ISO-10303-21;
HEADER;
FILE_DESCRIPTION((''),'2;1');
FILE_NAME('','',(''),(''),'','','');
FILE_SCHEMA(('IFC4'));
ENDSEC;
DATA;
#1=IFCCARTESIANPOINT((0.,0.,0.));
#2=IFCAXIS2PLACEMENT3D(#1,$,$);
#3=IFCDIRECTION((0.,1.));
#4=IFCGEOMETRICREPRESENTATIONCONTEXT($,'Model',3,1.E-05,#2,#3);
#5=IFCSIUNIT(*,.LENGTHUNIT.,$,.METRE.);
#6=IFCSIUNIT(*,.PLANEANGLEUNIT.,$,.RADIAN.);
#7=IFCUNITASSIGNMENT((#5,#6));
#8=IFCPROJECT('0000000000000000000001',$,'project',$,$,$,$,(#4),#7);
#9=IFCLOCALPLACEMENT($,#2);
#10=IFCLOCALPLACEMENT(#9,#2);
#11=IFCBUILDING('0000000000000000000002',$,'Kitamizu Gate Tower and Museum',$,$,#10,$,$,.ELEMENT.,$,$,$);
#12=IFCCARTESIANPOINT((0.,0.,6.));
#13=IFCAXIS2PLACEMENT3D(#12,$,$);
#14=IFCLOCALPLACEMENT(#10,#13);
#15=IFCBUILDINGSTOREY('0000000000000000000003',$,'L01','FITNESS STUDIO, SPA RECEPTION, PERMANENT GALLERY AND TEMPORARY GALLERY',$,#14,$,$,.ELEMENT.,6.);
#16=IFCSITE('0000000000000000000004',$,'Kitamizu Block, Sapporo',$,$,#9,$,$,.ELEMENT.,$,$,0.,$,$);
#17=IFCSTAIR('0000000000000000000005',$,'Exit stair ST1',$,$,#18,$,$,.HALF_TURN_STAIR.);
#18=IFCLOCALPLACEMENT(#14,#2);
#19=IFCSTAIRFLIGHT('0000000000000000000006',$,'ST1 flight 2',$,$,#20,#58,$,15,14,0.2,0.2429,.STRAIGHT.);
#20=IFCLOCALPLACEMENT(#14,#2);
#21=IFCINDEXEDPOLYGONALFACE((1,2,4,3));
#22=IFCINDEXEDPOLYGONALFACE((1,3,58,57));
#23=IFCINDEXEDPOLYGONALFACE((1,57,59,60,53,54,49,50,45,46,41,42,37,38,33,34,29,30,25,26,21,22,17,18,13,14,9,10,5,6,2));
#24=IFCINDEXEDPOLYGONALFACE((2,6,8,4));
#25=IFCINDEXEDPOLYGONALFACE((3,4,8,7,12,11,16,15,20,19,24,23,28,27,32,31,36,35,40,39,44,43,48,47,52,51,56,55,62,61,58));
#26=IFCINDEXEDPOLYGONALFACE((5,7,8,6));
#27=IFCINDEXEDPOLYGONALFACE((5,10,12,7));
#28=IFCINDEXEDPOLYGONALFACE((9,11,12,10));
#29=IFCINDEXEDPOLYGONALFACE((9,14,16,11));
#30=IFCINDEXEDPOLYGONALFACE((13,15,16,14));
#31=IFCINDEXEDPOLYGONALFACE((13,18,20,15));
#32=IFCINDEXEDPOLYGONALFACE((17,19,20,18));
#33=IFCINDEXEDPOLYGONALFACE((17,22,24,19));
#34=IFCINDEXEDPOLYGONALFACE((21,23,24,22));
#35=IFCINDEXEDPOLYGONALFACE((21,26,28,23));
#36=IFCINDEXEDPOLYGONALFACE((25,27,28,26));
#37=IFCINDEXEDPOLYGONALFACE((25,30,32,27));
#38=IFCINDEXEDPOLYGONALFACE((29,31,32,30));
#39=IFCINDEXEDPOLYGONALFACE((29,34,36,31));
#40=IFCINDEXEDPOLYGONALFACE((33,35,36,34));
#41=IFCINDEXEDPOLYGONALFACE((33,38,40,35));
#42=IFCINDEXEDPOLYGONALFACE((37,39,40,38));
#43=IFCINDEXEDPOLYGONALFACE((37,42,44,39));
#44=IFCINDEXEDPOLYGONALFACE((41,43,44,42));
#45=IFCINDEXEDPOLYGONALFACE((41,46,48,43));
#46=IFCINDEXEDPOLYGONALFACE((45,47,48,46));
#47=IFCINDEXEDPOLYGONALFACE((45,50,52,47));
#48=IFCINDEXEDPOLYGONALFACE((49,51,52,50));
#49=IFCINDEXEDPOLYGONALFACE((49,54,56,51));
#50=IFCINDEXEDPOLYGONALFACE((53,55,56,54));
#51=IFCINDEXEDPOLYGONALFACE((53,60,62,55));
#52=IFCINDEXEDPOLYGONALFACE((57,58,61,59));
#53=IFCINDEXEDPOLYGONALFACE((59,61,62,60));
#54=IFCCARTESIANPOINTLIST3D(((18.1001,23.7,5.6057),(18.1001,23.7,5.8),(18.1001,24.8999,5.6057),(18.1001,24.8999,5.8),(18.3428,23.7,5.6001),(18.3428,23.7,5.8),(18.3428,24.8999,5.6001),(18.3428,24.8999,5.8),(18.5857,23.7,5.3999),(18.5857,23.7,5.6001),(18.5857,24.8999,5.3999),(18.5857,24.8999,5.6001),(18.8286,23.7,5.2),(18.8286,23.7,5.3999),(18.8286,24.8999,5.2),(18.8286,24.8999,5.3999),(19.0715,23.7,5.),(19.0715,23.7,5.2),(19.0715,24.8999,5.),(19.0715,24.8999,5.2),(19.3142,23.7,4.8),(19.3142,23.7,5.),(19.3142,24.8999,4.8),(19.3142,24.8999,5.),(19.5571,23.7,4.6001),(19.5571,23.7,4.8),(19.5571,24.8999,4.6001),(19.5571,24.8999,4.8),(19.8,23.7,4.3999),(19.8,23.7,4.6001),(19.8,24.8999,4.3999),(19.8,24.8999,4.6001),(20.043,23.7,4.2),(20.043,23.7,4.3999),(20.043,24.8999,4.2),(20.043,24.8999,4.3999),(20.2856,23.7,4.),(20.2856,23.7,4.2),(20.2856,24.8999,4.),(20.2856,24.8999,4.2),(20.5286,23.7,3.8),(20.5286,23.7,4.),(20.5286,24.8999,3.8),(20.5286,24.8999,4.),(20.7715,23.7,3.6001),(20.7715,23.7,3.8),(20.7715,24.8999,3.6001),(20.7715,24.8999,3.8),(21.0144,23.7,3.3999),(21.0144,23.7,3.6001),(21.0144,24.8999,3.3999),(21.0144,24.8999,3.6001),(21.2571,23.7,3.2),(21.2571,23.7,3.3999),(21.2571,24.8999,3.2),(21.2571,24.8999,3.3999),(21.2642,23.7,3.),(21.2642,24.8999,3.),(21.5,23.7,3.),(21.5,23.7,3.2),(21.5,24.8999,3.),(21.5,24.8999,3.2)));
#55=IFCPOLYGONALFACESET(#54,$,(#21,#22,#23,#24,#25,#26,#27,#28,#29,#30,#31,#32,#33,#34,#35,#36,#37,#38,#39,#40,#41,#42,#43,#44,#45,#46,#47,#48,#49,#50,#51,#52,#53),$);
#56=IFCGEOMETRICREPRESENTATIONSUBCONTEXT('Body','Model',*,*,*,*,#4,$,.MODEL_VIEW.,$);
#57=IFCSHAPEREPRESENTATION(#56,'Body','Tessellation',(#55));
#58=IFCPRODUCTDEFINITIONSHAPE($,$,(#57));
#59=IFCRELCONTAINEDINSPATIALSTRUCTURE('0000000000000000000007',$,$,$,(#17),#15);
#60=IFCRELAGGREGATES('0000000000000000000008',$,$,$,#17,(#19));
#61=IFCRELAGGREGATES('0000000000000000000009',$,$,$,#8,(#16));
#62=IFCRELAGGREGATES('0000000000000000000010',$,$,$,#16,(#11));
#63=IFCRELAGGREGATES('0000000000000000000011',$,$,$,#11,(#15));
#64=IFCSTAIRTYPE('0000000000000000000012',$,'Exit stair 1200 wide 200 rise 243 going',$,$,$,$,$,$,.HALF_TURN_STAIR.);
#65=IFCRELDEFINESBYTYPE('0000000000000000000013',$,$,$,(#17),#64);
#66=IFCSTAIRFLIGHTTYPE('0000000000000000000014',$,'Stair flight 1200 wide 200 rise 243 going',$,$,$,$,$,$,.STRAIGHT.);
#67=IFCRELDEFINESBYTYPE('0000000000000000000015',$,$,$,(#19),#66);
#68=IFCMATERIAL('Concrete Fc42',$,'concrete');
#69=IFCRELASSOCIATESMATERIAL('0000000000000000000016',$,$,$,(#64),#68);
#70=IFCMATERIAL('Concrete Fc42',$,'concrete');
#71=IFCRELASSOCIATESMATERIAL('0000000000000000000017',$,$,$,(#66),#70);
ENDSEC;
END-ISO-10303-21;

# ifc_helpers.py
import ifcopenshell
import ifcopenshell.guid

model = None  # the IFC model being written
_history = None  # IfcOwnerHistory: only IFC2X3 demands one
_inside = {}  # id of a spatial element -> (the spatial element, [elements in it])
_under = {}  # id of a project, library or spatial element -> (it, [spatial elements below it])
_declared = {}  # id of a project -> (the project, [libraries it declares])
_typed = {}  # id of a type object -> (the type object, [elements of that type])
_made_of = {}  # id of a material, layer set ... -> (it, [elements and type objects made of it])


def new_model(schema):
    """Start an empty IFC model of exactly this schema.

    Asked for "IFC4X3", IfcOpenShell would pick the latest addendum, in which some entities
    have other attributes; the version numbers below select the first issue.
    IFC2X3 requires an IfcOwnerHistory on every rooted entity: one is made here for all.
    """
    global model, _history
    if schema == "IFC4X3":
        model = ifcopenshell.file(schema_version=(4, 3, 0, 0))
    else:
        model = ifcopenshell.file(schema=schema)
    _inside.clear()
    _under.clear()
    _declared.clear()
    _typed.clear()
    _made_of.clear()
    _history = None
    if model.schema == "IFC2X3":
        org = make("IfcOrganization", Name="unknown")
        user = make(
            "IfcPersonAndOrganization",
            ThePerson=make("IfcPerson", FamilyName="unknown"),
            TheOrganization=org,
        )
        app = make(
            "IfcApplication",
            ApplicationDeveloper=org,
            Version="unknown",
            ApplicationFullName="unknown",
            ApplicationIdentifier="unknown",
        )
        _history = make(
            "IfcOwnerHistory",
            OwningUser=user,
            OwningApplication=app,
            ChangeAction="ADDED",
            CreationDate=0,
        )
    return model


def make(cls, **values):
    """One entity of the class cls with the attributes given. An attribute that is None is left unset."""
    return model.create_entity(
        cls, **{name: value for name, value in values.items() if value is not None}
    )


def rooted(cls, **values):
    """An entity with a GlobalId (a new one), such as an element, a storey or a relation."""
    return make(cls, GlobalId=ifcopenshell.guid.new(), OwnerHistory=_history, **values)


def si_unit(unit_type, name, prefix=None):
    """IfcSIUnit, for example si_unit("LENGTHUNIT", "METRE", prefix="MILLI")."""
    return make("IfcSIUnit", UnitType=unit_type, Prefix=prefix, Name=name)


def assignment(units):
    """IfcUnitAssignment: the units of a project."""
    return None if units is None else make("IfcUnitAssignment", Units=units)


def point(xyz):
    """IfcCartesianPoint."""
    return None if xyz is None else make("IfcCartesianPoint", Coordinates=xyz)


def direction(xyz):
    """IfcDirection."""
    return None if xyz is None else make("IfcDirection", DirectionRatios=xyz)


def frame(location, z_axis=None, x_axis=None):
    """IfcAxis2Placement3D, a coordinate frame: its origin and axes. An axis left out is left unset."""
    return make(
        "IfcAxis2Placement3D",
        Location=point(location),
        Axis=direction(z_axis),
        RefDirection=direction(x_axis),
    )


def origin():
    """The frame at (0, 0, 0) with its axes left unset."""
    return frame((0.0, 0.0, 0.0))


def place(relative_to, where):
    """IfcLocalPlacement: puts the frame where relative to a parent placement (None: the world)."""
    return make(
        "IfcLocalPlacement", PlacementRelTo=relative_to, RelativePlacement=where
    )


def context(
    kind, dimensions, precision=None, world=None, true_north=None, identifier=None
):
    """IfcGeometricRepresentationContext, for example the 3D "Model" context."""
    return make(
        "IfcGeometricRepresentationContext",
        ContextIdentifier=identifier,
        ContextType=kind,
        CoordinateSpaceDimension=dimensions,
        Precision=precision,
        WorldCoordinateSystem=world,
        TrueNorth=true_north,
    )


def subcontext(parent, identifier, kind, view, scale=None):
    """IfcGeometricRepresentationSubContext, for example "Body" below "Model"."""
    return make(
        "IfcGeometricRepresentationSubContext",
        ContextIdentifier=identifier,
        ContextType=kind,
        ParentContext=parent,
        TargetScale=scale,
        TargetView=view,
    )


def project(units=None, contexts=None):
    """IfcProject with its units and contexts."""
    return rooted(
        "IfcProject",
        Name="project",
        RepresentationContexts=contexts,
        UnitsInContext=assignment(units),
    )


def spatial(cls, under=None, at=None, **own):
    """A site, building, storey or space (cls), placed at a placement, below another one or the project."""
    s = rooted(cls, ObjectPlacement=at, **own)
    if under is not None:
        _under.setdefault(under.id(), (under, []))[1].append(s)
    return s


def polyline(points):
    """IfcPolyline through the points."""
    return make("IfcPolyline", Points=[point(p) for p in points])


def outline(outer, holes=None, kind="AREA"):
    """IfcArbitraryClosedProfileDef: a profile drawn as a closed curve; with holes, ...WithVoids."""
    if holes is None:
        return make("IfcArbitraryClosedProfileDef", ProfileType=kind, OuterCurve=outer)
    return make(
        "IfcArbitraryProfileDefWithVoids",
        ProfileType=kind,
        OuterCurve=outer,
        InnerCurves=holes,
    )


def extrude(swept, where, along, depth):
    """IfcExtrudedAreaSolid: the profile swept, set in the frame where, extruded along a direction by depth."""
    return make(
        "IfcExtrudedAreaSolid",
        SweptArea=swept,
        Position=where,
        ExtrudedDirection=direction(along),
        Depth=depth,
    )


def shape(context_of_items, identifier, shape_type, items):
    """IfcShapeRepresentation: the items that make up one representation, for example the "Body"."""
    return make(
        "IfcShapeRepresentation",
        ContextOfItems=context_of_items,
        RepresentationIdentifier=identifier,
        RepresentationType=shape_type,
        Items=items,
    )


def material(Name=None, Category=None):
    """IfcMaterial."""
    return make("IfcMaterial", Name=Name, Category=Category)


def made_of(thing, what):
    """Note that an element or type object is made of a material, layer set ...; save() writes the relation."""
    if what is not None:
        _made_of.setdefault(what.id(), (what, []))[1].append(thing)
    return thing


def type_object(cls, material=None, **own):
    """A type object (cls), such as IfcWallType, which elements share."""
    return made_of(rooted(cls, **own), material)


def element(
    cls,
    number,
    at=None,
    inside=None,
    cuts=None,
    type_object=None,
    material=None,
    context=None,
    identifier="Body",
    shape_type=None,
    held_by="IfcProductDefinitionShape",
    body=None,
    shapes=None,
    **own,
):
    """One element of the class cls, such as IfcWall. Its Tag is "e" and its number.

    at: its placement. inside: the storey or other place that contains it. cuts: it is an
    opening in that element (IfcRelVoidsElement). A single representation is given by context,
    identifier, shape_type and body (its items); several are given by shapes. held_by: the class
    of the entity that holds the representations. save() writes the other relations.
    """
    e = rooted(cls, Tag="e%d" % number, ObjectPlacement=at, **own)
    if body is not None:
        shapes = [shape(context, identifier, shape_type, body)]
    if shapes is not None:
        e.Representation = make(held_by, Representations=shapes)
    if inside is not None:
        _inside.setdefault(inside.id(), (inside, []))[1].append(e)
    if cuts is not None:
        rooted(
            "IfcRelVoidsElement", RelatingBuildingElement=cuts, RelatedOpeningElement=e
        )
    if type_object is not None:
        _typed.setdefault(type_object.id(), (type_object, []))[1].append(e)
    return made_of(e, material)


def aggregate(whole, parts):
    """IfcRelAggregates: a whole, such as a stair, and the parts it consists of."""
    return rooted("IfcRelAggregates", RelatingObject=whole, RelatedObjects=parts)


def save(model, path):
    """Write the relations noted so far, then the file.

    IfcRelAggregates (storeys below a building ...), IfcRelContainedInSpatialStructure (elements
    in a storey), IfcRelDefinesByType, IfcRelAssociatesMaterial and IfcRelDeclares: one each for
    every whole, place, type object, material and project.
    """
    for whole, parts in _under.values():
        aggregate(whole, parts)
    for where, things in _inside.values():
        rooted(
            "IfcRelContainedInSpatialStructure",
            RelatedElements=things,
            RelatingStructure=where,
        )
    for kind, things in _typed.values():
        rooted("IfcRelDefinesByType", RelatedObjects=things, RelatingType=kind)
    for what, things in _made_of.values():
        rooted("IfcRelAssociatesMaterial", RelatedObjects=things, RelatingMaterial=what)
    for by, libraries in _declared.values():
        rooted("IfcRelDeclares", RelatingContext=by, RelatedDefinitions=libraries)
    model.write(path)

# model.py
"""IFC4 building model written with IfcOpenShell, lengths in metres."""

from ifc_helpers import new_model, si_unit, direction, frame, origin, place, context, subcontext, project, spatial, polyline, outline, extrude, material, type_object, element, aggregate, save


model = new_model("IFC4")

# Units and contexts
model_context = context("Model", 3, precision=1e-05, world=origin(), true_north=direction((0.0, 1.0)))
body_context = subcontext(model_context, "Body", "Model", "MODEL_VIEW")
ifc_project = project(units=[si_unit("LENGTHUNIT", "METRE"), si_unit("PLANEANGLEUNIT", "RADIAN")], contexts=[model_context])

# Site, building, storey
site_placement = place(None, origin())
site = spatial("IfcSite", under=ifc_project, at=site_placement, Name="Kitamizu Block, Sapporo", CompositionType="ELEMENT", RefElevation=0.0)
building_placement = place(site_placement, origin())
building = spatial("IfcBuilding", under=site, at=building_placement, Name="Kitamizu Gate Tower and Museum", CompositionType="ELEMENT")
storey_placement = place(building_placement, frame((0.0, 0.0, 6.0)))
storey = spatial("IfcBuildingStorey", under=building, at=storey_placement, Name="L01", Description="FITNESS STUDIO, SPA RECEPTION, PERMANENT GALLERY AND TEMPORARY GALLERY", CompositionType="ELEMENT", Elevation=6.0)

# Stair, stair flight
ifc_material_1 = material(Name="Concrete Fc42", Category="concrete")
stair_type = type_object("IfcStairType", Name="Exit stair 1200 wide 200 rise 243 going", PredefinedType="HALF_TURN_STAIR", material=ifc_material_1)
stair_placement = place(storey_placement, origin())
stair = element("IfcStair", 1, at=stair_placement, inside=storey, type_object=stair_type, Name="Exit stair ST1", PredefinedType="HALF_TURN_STAIR")
ifc_material_2 = material(Name="Concrete Fc42", Category="concrete")
stair_flight_type = type_object("IfcStairFlightType", Name="Stair flight 1200 wide 200 rise 243 going", PredefinedType="STRAIGHT", material=ifc_material_2)
stair_flight_1_placement = place(storey_placement, frame((21.5, 24.3, 3.0), z_axis=(0.0, 0.0, 1.0), x_axis=(-1.0, 0.0, 0.0)))
stair_flight_1 = element("IfcStairFlight", 2, at=stair_flight_1_placement, type_object=stair_flight_type, Name="ST1 flight 2", NumberOfRisers=15, NumberOfTreads=14, PredefinedType="STRAIGHT", RiserHeight=0.2, TreadLength=0.2429, context=body_context, shape_type="SweptSolid", body=[
    extrude(outline(polyline([(0.0, 0.0), (0.0, 0.2), (0.2429, 0.2), (0.2429, 0.3999), (0.4856, 0.3999), (0.4856, 0.6001), (0.7285, 0.6001), (0.7285, 0.8), (0.9714, 0.8), (0.9714, 1.0), (1.2144, 1.0), (1.2144, 1.2), (1.457, 1.2), (1.457, 1.3999), (1.7, 1.3999), (1.7, 1.6001), (1.9429, 1.6001), (1.9429, 1.8), (2.1858, 1.8), (2.1858, 2.0), (2.4285, 2.0), (2.4285, 2.2), (2.6714, 2.2), (2.6714, 2.3999), (2.9143, 2.3999), (2.9143, 2.6001), (3.1572, 2.6001), (3.1572, 2.8), (3.3999, 2.8), (3.3999, 3.0), (3.3999, 2.6057), (0.2358, 0.0), (0.0, 0.0)])), frame((0.0, 0.6001, 0.0), z_axis=(0.0, -1.0, 0.0), x_axis=(1.0, 0.0, 0.0)), (0.0, 0.0, 1.0), 1.2),
])
aggregate(stair, [stair_flight_1])

save(model, "model.ifc")
